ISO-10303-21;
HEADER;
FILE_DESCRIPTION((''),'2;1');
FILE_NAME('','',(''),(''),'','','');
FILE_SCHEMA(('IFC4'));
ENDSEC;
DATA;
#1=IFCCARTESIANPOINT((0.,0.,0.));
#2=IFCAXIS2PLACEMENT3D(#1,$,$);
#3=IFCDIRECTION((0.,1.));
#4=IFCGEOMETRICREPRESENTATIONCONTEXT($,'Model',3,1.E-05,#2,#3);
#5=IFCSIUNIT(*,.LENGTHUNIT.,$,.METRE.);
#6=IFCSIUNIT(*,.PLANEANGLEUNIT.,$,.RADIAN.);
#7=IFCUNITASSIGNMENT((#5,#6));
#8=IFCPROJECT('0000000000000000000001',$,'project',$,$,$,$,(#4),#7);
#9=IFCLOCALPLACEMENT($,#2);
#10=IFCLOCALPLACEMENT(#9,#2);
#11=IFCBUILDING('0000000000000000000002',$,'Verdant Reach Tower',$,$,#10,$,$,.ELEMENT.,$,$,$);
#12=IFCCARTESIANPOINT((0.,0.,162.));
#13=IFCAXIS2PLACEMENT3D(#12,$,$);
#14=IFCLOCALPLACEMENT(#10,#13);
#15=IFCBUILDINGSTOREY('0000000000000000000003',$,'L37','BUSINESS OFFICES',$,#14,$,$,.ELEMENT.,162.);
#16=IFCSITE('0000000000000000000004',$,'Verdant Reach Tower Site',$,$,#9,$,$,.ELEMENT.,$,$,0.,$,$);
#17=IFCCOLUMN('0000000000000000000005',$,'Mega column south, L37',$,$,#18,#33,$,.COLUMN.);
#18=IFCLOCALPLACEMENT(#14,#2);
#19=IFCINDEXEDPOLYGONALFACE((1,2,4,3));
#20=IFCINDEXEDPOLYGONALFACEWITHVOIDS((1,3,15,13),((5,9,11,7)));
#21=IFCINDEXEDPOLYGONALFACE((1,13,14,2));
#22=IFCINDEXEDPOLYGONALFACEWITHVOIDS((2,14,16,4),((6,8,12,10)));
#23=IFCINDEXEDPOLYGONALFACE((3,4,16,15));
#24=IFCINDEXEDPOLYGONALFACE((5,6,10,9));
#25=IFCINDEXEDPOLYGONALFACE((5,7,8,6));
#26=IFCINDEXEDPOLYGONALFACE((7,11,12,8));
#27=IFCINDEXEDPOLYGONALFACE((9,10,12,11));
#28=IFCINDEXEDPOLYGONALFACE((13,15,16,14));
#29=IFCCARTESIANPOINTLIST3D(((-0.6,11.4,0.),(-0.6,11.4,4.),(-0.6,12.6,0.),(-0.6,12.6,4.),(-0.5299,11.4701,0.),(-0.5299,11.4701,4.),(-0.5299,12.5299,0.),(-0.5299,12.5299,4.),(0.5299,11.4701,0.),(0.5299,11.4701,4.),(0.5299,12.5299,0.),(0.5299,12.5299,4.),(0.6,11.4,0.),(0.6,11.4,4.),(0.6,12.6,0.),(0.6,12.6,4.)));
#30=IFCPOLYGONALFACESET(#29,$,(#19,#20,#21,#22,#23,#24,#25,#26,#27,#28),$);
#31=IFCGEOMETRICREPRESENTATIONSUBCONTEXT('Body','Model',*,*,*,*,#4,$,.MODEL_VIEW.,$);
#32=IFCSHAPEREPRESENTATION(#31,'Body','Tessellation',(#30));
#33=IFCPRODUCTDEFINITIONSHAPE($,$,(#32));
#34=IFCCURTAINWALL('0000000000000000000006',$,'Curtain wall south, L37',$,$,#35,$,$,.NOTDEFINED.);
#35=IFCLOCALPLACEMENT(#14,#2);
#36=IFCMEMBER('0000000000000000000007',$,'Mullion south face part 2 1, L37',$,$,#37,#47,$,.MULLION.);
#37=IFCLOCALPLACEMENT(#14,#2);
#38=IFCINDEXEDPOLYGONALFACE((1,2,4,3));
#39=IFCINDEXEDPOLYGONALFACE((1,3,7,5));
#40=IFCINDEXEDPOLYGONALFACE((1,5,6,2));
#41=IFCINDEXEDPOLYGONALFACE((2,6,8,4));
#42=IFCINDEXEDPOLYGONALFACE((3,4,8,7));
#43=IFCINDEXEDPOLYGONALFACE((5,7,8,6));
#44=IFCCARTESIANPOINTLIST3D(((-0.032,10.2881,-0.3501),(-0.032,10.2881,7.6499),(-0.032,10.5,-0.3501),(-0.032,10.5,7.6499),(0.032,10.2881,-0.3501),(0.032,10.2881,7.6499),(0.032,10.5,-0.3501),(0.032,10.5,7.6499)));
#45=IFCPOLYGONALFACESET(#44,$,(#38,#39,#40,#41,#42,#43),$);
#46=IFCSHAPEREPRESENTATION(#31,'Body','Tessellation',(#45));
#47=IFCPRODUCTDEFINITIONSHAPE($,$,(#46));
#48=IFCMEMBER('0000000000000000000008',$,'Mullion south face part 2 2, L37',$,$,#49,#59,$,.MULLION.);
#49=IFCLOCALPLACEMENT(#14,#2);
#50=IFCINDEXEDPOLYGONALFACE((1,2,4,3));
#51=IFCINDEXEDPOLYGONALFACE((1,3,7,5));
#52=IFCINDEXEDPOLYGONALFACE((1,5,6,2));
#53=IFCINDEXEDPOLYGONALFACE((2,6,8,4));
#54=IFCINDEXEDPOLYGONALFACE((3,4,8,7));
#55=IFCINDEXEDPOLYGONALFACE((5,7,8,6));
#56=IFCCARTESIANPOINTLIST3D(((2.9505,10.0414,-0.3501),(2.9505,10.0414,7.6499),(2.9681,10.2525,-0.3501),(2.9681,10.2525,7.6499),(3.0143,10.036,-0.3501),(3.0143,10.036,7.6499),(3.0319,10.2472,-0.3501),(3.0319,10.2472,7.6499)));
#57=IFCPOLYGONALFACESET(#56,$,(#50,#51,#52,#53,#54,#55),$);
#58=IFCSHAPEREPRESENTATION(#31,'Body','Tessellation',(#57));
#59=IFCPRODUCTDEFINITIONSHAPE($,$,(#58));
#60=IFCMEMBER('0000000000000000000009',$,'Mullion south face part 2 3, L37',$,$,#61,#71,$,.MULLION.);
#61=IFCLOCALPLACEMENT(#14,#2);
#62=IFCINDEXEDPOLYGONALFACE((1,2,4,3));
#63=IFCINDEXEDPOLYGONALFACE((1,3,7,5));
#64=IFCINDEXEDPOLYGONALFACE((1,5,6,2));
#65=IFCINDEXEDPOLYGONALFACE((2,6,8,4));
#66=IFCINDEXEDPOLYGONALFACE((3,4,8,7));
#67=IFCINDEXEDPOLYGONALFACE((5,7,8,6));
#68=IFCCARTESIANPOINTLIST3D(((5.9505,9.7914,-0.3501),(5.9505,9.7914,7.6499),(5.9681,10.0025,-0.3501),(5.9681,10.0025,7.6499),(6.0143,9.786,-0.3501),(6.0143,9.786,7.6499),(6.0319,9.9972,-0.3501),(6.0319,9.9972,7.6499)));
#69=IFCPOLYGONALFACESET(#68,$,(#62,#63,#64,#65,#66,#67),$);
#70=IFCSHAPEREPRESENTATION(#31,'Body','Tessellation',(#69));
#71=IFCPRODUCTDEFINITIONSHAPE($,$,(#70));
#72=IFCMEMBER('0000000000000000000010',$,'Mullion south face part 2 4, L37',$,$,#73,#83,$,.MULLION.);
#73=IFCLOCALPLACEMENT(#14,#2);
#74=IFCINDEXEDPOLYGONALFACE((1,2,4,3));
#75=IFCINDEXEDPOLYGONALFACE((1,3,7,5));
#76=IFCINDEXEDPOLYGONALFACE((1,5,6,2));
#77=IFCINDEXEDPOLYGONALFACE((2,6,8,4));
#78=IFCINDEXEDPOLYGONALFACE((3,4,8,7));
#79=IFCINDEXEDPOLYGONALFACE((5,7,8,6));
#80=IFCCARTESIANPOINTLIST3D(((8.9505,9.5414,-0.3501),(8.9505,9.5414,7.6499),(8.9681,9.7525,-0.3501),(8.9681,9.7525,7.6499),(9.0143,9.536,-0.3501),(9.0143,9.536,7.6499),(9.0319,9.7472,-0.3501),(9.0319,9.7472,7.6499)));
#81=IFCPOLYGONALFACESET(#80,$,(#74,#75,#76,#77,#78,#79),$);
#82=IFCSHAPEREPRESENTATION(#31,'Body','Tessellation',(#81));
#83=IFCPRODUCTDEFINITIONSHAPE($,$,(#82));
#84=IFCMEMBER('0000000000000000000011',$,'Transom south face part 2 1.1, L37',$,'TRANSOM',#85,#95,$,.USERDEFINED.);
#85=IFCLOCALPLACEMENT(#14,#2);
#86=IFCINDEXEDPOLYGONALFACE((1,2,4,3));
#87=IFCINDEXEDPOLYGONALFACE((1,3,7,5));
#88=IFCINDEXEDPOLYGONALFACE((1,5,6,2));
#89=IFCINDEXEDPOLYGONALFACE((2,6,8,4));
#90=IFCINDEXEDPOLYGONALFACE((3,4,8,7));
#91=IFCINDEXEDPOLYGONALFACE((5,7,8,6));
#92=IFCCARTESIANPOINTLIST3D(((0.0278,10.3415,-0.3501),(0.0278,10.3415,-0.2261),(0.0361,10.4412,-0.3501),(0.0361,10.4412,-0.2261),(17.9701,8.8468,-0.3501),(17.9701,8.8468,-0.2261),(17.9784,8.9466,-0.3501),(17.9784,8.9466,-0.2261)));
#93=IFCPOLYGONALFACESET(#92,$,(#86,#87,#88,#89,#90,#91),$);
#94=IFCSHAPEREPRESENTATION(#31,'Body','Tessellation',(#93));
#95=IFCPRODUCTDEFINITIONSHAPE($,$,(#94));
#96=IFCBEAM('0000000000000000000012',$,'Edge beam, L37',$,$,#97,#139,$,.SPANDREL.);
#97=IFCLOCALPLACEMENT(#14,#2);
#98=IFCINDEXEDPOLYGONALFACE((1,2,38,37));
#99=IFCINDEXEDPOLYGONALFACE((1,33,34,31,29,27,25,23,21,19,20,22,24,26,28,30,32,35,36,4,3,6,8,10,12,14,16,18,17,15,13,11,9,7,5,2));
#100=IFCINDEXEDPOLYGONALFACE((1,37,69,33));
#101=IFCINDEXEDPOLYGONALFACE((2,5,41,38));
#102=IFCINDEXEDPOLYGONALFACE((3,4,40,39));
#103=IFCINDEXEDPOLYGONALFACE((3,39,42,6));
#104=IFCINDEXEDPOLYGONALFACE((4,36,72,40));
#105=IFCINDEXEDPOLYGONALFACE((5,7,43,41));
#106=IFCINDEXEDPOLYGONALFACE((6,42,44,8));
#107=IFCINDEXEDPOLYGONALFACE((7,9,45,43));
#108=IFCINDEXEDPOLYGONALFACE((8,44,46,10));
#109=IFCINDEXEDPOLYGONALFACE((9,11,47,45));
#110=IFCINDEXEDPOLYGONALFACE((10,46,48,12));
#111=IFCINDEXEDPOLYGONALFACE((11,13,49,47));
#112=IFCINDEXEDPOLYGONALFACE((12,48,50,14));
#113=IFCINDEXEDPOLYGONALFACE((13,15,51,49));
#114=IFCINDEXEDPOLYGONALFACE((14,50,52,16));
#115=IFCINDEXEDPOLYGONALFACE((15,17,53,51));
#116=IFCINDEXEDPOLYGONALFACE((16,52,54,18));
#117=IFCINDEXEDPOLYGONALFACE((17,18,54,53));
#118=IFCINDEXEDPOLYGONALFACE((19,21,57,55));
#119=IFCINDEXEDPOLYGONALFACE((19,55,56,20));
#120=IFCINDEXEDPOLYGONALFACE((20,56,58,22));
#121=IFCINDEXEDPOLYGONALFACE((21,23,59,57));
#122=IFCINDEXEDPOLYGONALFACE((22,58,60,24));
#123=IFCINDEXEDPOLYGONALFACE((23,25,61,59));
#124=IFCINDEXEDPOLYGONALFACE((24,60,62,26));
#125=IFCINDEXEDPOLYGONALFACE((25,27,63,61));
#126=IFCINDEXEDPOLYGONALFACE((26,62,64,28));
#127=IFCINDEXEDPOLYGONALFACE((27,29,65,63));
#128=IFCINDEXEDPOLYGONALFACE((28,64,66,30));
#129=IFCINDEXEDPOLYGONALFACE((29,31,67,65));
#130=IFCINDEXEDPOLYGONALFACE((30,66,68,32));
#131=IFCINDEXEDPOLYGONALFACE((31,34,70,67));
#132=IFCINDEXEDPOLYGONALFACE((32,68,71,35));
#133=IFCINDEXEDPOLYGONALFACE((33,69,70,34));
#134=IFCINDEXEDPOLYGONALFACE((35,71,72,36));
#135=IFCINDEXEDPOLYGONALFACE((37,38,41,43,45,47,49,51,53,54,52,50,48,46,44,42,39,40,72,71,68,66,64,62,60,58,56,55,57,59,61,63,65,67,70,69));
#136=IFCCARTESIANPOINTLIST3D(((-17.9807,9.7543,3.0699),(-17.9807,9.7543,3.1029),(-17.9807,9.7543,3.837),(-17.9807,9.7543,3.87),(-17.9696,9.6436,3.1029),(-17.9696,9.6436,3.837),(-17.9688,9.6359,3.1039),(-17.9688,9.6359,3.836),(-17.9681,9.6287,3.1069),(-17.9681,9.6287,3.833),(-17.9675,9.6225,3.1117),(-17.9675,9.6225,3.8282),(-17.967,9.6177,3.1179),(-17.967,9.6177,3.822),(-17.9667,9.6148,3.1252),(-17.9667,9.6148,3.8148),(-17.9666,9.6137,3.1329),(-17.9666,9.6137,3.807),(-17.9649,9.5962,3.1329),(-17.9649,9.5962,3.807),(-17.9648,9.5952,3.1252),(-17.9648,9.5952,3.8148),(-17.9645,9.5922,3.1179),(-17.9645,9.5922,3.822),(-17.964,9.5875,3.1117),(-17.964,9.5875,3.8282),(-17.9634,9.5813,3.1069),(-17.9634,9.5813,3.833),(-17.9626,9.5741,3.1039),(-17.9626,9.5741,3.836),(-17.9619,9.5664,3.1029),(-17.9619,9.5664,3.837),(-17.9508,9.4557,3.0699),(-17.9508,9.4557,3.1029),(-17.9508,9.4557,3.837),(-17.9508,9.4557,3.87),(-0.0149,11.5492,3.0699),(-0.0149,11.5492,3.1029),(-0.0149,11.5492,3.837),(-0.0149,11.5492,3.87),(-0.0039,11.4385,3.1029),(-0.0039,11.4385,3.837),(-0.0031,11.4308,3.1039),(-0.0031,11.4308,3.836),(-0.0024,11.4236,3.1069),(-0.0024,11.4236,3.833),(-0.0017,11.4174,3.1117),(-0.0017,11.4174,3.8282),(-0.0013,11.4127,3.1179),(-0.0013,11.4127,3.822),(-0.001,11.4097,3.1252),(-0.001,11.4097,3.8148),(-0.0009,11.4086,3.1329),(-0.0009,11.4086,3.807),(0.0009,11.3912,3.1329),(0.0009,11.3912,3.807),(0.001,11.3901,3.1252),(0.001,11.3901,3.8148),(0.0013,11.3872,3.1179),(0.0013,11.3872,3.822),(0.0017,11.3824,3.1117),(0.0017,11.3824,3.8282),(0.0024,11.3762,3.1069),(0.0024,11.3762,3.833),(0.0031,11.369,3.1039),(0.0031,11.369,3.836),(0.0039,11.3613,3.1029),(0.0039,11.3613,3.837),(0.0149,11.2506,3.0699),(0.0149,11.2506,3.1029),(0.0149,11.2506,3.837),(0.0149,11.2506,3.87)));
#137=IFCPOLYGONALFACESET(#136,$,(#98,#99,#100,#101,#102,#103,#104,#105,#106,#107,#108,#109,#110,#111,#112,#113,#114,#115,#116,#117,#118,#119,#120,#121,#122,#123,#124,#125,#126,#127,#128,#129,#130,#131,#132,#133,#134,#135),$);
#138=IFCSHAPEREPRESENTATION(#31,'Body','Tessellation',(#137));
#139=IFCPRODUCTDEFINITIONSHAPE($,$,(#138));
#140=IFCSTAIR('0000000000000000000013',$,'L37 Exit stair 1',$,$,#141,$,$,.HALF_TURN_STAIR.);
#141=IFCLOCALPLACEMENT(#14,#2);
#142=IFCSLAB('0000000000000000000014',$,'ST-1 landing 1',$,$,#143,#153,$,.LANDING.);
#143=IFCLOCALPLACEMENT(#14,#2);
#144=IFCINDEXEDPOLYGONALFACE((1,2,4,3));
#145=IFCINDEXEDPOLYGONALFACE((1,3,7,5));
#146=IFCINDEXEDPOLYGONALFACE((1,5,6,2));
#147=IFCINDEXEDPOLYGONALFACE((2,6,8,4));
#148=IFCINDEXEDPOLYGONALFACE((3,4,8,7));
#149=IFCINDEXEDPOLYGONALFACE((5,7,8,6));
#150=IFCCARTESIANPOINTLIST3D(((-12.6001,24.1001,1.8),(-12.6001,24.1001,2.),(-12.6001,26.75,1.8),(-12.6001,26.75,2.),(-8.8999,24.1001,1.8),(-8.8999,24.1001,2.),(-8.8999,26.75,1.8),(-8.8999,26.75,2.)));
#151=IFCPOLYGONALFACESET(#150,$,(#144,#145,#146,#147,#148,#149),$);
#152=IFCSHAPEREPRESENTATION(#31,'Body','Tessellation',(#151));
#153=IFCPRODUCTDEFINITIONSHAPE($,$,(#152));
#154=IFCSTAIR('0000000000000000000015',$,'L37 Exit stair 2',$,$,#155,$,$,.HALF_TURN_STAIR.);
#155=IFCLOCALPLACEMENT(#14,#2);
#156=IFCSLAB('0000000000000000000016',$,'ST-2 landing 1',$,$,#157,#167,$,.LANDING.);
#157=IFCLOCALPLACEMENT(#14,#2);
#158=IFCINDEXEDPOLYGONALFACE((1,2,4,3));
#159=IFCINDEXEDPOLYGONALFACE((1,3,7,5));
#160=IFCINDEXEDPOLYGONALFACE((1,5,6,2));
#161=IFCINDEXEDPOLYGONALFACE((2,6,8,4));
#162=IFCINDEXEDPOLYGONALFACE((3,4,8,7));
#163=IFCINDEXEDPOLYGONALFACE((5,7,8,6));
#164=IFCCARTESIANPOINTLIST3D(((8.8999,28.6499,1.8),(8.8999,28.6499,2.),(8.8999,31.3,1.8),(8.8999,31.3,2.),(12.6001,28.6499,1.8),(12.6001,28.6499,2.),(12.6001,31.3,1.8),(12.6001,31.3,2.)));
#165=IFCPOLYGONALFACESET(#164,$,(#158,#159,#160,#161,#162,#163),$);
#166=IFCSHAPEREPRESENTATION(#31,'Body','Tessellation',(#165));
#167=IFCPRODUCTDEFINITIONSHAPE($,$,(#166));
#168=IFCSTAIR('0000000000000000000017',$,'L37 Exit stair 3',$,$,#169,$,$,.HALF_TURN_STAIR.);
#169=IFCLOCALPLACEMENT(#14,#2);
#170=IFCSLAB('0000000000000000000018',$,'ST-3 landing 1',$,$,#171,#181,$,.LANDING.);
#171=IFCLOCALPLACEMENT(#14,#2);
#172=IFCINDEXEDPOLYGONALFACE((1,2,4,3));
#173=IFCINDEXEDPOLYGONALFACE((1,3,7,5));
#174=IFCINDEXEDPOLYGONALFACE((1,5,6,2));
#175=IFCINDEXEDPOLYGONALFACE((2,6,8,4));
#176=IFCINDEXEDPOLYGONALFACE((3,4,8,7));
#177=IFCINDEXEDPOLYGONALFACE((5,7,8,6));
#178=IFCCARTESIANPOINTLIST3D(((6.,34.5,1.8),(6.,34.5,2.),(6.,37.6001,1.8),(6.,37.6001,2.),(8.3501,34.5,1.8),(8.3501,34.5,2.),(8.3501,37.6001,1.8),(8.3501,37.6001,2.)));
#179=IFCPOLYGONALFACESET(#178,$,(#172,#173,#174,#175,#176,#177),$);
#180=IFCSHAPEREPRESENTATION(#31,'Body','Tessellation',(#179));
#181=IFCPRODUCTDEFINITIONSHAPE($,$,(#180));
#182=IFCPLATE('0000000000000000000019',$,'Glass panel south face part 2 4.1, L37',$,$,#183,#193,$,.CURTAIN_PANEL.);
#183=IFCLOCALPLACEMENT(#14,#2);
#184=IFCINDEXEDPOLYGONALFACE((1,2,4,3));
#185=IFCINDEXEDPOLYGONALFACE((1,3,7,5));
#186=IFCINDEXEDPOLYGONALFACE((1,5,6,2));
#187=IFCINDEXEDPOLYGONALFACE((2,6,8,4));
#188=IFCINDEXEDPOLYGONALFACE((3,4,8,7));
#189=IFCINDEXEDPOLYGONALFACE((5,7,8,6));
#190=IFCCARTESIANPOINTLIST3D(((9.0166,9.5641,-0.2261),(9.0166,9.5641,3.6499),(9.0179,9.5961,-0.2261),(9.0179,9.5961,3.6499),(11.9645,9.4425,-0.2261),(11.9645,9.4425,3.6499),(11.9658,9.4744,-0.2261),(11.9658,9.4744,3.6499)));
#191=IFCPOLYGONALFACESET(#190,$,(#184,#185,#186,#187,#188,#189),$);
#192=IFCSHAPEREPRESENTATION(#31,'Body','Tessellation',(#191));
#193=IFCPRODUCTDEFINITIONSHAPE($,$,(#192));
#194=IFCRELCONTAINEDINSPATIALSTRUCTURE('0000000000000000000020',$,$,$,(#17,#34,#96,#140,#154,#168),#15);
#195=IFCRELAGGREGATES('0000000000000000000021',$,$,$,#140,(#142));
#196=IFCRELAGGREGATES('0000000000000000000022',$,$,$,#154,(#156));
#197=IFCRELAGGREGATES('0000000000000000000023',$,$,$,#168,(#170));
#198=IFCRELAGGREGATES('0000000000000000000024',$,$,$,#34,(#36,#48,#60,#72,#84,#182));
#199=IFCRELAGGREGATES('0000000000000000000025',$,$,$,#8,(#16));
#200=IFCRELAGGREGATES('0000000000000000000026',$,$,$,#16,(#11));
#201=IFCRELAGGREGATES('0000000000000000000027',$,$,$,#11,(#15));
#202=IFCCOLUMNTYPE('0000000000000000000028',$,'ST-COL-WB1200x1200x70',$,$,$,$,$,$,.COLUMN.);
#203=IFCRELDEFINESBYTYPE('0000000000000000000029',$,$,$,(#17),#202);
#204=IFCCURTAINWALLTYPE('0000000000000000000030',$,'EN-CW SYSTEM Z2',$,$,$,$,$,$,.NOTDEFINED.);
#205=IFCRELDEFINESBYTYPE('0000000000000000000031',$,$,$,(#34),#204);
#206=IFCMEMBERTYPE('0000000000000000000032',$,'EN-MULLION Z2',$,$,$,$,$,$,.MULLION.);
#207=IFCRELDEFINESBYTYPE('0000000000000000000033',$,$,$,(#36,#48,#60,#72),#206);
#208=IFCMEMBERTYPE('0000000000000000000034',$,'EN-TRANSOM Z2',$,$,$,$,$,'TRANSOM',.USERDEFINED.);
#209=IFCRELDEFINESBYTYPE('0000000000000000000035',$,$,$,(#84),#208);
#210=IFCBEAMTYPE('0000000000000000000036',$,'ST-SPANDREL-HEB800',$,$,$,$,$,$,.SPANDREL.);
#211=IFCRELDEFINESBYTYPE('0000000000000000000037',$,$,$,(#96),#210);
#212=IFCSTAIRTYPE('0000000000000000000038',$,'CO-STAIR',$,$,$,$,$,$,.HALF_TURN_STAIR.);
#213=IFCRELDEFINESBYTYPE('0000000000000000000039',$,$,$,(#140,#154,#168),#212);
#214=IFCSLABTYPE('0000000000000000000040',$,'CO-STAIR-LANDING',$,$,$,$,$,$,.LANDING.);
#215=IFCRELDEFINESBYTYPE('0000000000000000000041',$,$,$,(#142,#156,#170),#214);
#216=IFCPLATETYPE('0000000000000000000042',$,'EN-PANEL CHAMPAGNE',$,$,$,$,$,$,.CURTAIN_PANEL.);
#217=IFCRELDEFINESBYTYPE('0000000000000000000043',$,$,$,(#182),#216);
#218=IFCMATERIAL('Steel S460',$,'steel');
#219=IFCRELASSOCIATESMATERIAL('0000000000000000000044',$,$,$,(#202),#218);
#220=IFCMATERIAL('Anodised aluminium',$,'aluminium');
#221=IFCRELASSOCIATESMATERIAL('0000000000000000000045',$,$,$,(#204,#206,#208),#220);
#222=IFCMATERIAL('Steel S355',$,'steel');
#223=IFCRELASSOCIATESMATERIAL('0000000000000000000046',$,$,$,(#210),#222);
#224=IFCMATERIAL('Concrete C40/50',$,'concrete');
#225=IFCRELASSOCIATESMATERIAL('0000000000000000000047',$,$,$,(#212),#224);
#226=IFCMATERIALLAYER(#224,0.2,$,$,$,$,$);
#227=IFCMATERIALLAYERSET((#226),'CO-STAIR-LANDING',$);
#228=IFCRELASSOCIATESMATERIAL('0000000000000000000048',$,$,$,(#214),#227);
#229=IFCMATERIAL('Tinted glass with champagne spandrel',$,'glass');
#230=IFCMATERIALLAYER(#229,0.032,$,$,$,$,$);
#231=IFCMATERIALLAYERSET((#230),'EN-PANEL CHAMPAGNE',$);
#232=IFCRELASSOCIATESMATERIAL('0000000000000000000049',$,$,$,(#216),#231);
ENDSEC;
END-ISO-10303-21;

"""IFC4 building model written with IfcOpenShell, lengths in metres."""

from ifc_helpers import new_model, si_unit, direction, frame, origin, origin_2d, place, context, subcontext, project, spatial, polyline, rectangle, hollow_rectangle, i_section, outline, extrude, material, layer, layer_set, material_profile, profile_set, type_object, element, aggregate, save


model = new_model("IFC4")

# Units and contexts
model_context = context("Model", 3, precision=1e-05, world=origin(), true_north=direction((0.0, 1.0)))
body_context = subcontext(model_context, "Body", "Model", "MODEL_VIEW")
ifc_project = project(units=[si_unit("LENGTHUNIT", "METRE"), si_unit("PLANEANGLEUNIT", "RADIAN")], contexts=[model_context])

# Site, building, storey
site_placement = place(None, origin())
site = spatial("IfcSite", under=ifc_project, at=site_placement, Name="Verdant Reach Tower Site", CompositionType="ELEMENT", RefElevation=0.0)
building_placement = place(site_placement, origin())
building = spatial("IfcBuilding", under=site, at=building_placement, Name="Verdant Reach Tower", CompositionType="ELEMENT")
storey_placement = place(building_placement, frame((0.0, 0.0, 162.0)))
storey = spatial("IfcBuildingStorey", under=building, at=storey_placement, Name="L37", Description="BUSINESS OFFICES", CompositionType="ELEMENT", Elevation=162.0)

# Column
ifc_material_1 = material(Name="Steel S460", Category="steel")
ifc_material_profile_1 = material_profile(ifc_material_1, hollow_rectangle(XDim=1.2, YDim=1.2, WallThickness=0.0701, at=origin_2d()), Name="WB 1200x1200x70")
ifc_profile_set_1 = profile_set([ifc_material_profile_1], Name="Steel S460")
column_type = type_object("IfcColumnType", Name="ST-COL-WB1200x1200x70", PredefinedType="COLUMN", material=ifc_profile_set_1)
column_placement = place(storey_placement, frame((0.0, 12.0, 0.0), z_axis=(0.0, 0.0, 1.0), x_axis=(1.0, 0.0, 0.0)))
element("IfcColumn", 1, at=column_placement, inside=storey, type_object=column_type, Name="Mega column south, L37", PredefinedType="COLUMN", context=body_context, shape_type="SweptSolid", body=[
    extrude(hollow_rectangle(XDim=1.2, YDim=1.2, WallThickness=0.0701, at=origin_2d()), origin(), (0.0, 0.0, 1.0), 4.0),
])

# Curtain wall, members
ifc_material_2 = material(Name="Anodised aluminium", Category="aluminium")
curtain_wall_type = type_object("IfcCurtainWallType", Name="EN-CW SYSTEM Z2", PredefinedType="NOTDEFINED", material=ifc_material_2)
curtain_wall_placement = place(storey_placement, origin())
curtain_wall = element("IfcCurtainWall", 2, at=curtain_wall_placement, inside=storey, type_object=curtain_wall_type, Name="Curtain wall south, L37", PredefinedType="NOTDEFINED")
ifc_material_profile_2 = material_profile(ifc_material_2, rectangle(XDim=0.2119, YDim=0.064, at=origin_2d()), Name="Mullion 64x212")
ifc_profile_set_2 = profile_set([ifc_material_profile_2], Name="Anodised aluminium")
member_type_1 = type_object("IfcMemberType", Name="EN-MULLION Z2", PredefinedType="MULLION", material=ifc_profile_set_2)
member_1_placement = place(storey_placement, frame((0.0, 10.394, -0.3501), z_axis=(0.0, 0.0, 1.0), x_axis=(0.0, -1.0, 0.0)))
member_1 = element("IfcMember", 3, at=member_1_placement, type_object=member_type_1, Name="Mullion south face part 2 1, L37", PredefinedType="MULLION", context=body_context, shape_type="SweptSolid", body=[
    extrude(rectangle(XDim=0.2119, YDim=0.064, at=origin_2d()), origin(), (0.0, 0.0, 1.0), 8.0),
])
member_2_placement = place(storey_placement, frame((2.9912, 10.1443, -0.3501), z_axis=(0.0, 0.0, 1.0), x_axis=(-0.083045, -0.996546, 0.0)))
member_2 = element("IfcMember", 4, at=member_2_placement, type_object=member_type_1, Name="Mullion south face part 2 2, L37", PredefinedType="MULLION", context=body_context, shape_type="SweptSolid", body=[
    extrude(rectangle(XDim=0.2119, YDim=0.064, at=origin_2d()), origin(), (0.0, 0.0, 1.0), 8.0),
])
member_3_placement = place(storey_placement, frame((5.9912, 9.8943, -0.3501), z_axis=(0.0, 0.0, 1.0), x_axis=(-0.083045, -0.996546, 0.0)))
member_3 = element("IfcMember", 5, at=member_3_placement, type_object=member_type_1, Name="Mullion south face part 2 3, L37", PredefinedType="MULLION", context=body_context, shape_type="SweptSolid", body=[
    extrude(rectangle(XDim=0.2119, YDim=0.064, at=origin_2d()), origin(), (0.0, 0.0, 1.0), 8.0),
])
member_4_placement = place(storey_placement, frame((8.9912, 9.6443, -0.3501), z_axis=(0.0, 0.0, 1.0), x_axis=(-0.083045, -0.996546, 0.0)))
member_4 = element("IfcMember", 6, at=member_4_placement, type_object=member_type_1, Name="Mullion south face part 2 4, L37", PredefinedType="MULLION", context=body_context, shape_type="SweptSolid", body=[
    extrude(rectangle(XDim=0.2119, YDim=0.064, at=origin_2d()), origin(), (0.0, 0.0, 1.0), 8.0),
])
ifc_material_profile_3 = material_profile(ifc_material_2, rectangle(XDim=0.1001, YDim=0.124, at=origin_2d()), Name="Transom 124x100")
ifc_profile_set_3 = profile_set([ifc_material_profile_3], Name="Anodised aluminium")
member_type_2 = type_object("IfcMemberType", Name="EN-TRANSOM Z2", ElementType="TRANSOM", PredefinedType="USERDEFINED", material=ifc_profile_set_3)
member_5_placement = place(storey_placement, frame((0.032, 10.3914, -0.2881), z_axis=(0.996548, -0.083015, 0.0), x_axis=(0.083015, 0.996548, 0.0)))
member_5 = element("IfcMember", 7, at=member_5_placement, type_object=member_type_2, Name="Transom south face part 2 1.1, L37", ObjectType="TRANSOM", PredefinedType="USERDEFINED", context=body_context, shape_type="SweptSolid", body=[
    extrude(rectangle(XDim=0.1001, YDim=0.124, at=origin_2d()), origin(), (0.0, 0.0, 1.0), 18.0044),
])

# Beam
ifc_material_3 = material(Name="Steel S355", Category="steel")
ifc_material_profile_4 = material_profile(ifc_material_3, i_section(OverallWidth=0.3, OverallDepth=0.8, WebThickness=0.0176, FlangeThickness=0.033, FilletRadius=0.03, at=origin_2d()), Name="HEB 800")
ifc_profile_set_4 = profile_set([ifc_material_profile_4], Name="Steel S355")
beam_type = type_object("IfcBeamType", Name="ST-SPANDREL-HEB800", PredefinedType="SPANDREL", material=ifc_profile_set_4)
beam_placement = place(storey_placement, frame((0.0, 11.3999, 3.47), z_axis=(-0.995046, -0.099413, 0.0), x_axis=(0.099413, -0.995046, 0.0)))
element("IfcBeam", 8, at=beam_placement, inside=storey, type_object=beam_type, Name="Edge beam, L37", PredefinedType="SPANDREL", context=body_context, shape_type="SweptSolid", body=[
    extrude(i_section(OverallWidth=0.3, OverallDepth=0.8, WebThickness=0.0176, FlangeThickness=0.033, FilletRadius=0.03, at=origin_2d()), origin(), (0.0, 0.0, 1.0), 18.0552),
])

# Stairs, slabs
ifc_material_4 = material(Name="Concrete C40/50", Category="concrete")
stair_type = type_object("IfcStairType", Name="CO-STAIR", PredefinedType="HALF_TURN_STAIR", material=ifc_material_4)
stair_1_placement = place(storey_placement, origin())
stair_1 = element("IfcStair", 9, at=stair_1_placement, inside=storey, type_object=stair_type, Name="L37 Exit stair 1", PredefinedType="HALF_TURN_STAIR")
ifc_layer_1 = layer(ifc_material_4, 0.2)
ifc_layer_set_1 = layer_set([ifc_layer_1], Name="CO-STAIR-LANDING")
slab_type_1 = type_object("IfcSlabType", Name="CO-STAIR-LANDING", PredefinedType="LANDING", material=ifc_layer_set_1)
slab_1_placement = place(storey_placement, frame((0.0, 0.0, 1.8)))
slab_1 = element("IfcSlab", 10, at=slab_1_placement, type_object=slab_type_1, Name="ST-1 landing 1", PredefinedType="LANDING", context=body_context, shape_type="SweptSolid", body=[
    extrude(outline(polyline([(-12.6001, 26.75), (-12.6001, 24.1001), (-8.8999, 24.1001), (-8.8999, 26.75), (-12.6001, 26.75)])), origin(), (0.0, 0.0, 1.0), 0.2),
])
aggregate(stair_1, [slab_1])
stair_2_placement = place(storey_placement, origin())
stair_2 = element("IfcStair", 11, at=stair_2_placement, inside=storey, type_object=stair_type, Name="L37 Exit stair 2", PredefinedType="HALF_TURN_STAIR")
slab_2_placement = place(storey_placement, frame((0.0, 0.0, 1.8)))
slab_2 = element("IfcSlab", 12, at=slab_2_placement, type_object=slab_type_1, Name="ST-2 landing 1", PredefinedType="LANDING", context=body_context, shape_type="SweptSolid", body=[
    extrude(outline(polyline([(12.6001, 28.6499), (12.6001, 31.3), (8.8999, 31.3), (8.8999, 28.6499), (12.6001, 28.6499)])), origin(), (0.0, 0.0, 1.0), 0.2),
])
aggregate(stair_2, [slab_2])
stair_3_placement = place(storey_placement, origin())
stair_3 = element("IfcStair", 13, at=stair_3_placement, inside=storey, type_object=stair_type, Name="L37 Exit stair 3", PredefinedType="HALF_TURN_STAIR")
slab_3_placement = place(storey_placement, frame((0.0, 0.0, 1.8)))
slab_3 = element("IfcSlab", 14, at=slab_3_placement, type_object=slab_type_1, Name="ST-3 landing 1", PredefinedType="LANDING", context=body_context, shape_type="SweptSolid", body=[
    extrude(outline(polyline([(8.3501, 37.6001), (6.0, 37.6001), (6.0, 34.5), (8.3501, 34.5), (8.3501, 37.6001)])), origin(), (0.0, 0.0, 1.0), 0.2),
])
aggregate(stair_3, [slab_3])

# Plate
ifc_material_5 = material(Name="Tinted glass with champagne spandrel", Category="glass")
ifc_layer_2 = layer(ifc_material_5, 0.032)
ifc_layer_set_2 = layer_set([ifc_layer_2], Name="EN-PANEL CHAMPAGNE")
plate_type_1 = type_object("IfcPlateType", Name="EN-PANEL CHAMPAGNE", PredefinedType="CURTAIN_PANEL", material=ifc_layer_set_2)
plate_1_placement = place(storey_placement, frame((10.4912, 9.5193, -0.2261), z_axis=(0.0, 0.0, 1.0), x_axis=(0.999149, -0.041242, 0.0)))
plate_1 = element("IfcPlate", 15, at=plate_1_placement, type_object=plate_type_1, Name="Glass panel south face part 2 4.1, L37", PredefinedType="CURTAIN_PANEL", context=body_context, shape_type="SweptSolid", body=[
    extrude(rectangle(XDim=2.9504, YDim=0.032, at=origin_2d()), origin(), (0.0, 0.0, 1.0), 3.876),
])
aggregate(curtain_wall, [member_1, member_2, member_3, member_4, member_5, plate_1])

save(model, "model.ifc")
